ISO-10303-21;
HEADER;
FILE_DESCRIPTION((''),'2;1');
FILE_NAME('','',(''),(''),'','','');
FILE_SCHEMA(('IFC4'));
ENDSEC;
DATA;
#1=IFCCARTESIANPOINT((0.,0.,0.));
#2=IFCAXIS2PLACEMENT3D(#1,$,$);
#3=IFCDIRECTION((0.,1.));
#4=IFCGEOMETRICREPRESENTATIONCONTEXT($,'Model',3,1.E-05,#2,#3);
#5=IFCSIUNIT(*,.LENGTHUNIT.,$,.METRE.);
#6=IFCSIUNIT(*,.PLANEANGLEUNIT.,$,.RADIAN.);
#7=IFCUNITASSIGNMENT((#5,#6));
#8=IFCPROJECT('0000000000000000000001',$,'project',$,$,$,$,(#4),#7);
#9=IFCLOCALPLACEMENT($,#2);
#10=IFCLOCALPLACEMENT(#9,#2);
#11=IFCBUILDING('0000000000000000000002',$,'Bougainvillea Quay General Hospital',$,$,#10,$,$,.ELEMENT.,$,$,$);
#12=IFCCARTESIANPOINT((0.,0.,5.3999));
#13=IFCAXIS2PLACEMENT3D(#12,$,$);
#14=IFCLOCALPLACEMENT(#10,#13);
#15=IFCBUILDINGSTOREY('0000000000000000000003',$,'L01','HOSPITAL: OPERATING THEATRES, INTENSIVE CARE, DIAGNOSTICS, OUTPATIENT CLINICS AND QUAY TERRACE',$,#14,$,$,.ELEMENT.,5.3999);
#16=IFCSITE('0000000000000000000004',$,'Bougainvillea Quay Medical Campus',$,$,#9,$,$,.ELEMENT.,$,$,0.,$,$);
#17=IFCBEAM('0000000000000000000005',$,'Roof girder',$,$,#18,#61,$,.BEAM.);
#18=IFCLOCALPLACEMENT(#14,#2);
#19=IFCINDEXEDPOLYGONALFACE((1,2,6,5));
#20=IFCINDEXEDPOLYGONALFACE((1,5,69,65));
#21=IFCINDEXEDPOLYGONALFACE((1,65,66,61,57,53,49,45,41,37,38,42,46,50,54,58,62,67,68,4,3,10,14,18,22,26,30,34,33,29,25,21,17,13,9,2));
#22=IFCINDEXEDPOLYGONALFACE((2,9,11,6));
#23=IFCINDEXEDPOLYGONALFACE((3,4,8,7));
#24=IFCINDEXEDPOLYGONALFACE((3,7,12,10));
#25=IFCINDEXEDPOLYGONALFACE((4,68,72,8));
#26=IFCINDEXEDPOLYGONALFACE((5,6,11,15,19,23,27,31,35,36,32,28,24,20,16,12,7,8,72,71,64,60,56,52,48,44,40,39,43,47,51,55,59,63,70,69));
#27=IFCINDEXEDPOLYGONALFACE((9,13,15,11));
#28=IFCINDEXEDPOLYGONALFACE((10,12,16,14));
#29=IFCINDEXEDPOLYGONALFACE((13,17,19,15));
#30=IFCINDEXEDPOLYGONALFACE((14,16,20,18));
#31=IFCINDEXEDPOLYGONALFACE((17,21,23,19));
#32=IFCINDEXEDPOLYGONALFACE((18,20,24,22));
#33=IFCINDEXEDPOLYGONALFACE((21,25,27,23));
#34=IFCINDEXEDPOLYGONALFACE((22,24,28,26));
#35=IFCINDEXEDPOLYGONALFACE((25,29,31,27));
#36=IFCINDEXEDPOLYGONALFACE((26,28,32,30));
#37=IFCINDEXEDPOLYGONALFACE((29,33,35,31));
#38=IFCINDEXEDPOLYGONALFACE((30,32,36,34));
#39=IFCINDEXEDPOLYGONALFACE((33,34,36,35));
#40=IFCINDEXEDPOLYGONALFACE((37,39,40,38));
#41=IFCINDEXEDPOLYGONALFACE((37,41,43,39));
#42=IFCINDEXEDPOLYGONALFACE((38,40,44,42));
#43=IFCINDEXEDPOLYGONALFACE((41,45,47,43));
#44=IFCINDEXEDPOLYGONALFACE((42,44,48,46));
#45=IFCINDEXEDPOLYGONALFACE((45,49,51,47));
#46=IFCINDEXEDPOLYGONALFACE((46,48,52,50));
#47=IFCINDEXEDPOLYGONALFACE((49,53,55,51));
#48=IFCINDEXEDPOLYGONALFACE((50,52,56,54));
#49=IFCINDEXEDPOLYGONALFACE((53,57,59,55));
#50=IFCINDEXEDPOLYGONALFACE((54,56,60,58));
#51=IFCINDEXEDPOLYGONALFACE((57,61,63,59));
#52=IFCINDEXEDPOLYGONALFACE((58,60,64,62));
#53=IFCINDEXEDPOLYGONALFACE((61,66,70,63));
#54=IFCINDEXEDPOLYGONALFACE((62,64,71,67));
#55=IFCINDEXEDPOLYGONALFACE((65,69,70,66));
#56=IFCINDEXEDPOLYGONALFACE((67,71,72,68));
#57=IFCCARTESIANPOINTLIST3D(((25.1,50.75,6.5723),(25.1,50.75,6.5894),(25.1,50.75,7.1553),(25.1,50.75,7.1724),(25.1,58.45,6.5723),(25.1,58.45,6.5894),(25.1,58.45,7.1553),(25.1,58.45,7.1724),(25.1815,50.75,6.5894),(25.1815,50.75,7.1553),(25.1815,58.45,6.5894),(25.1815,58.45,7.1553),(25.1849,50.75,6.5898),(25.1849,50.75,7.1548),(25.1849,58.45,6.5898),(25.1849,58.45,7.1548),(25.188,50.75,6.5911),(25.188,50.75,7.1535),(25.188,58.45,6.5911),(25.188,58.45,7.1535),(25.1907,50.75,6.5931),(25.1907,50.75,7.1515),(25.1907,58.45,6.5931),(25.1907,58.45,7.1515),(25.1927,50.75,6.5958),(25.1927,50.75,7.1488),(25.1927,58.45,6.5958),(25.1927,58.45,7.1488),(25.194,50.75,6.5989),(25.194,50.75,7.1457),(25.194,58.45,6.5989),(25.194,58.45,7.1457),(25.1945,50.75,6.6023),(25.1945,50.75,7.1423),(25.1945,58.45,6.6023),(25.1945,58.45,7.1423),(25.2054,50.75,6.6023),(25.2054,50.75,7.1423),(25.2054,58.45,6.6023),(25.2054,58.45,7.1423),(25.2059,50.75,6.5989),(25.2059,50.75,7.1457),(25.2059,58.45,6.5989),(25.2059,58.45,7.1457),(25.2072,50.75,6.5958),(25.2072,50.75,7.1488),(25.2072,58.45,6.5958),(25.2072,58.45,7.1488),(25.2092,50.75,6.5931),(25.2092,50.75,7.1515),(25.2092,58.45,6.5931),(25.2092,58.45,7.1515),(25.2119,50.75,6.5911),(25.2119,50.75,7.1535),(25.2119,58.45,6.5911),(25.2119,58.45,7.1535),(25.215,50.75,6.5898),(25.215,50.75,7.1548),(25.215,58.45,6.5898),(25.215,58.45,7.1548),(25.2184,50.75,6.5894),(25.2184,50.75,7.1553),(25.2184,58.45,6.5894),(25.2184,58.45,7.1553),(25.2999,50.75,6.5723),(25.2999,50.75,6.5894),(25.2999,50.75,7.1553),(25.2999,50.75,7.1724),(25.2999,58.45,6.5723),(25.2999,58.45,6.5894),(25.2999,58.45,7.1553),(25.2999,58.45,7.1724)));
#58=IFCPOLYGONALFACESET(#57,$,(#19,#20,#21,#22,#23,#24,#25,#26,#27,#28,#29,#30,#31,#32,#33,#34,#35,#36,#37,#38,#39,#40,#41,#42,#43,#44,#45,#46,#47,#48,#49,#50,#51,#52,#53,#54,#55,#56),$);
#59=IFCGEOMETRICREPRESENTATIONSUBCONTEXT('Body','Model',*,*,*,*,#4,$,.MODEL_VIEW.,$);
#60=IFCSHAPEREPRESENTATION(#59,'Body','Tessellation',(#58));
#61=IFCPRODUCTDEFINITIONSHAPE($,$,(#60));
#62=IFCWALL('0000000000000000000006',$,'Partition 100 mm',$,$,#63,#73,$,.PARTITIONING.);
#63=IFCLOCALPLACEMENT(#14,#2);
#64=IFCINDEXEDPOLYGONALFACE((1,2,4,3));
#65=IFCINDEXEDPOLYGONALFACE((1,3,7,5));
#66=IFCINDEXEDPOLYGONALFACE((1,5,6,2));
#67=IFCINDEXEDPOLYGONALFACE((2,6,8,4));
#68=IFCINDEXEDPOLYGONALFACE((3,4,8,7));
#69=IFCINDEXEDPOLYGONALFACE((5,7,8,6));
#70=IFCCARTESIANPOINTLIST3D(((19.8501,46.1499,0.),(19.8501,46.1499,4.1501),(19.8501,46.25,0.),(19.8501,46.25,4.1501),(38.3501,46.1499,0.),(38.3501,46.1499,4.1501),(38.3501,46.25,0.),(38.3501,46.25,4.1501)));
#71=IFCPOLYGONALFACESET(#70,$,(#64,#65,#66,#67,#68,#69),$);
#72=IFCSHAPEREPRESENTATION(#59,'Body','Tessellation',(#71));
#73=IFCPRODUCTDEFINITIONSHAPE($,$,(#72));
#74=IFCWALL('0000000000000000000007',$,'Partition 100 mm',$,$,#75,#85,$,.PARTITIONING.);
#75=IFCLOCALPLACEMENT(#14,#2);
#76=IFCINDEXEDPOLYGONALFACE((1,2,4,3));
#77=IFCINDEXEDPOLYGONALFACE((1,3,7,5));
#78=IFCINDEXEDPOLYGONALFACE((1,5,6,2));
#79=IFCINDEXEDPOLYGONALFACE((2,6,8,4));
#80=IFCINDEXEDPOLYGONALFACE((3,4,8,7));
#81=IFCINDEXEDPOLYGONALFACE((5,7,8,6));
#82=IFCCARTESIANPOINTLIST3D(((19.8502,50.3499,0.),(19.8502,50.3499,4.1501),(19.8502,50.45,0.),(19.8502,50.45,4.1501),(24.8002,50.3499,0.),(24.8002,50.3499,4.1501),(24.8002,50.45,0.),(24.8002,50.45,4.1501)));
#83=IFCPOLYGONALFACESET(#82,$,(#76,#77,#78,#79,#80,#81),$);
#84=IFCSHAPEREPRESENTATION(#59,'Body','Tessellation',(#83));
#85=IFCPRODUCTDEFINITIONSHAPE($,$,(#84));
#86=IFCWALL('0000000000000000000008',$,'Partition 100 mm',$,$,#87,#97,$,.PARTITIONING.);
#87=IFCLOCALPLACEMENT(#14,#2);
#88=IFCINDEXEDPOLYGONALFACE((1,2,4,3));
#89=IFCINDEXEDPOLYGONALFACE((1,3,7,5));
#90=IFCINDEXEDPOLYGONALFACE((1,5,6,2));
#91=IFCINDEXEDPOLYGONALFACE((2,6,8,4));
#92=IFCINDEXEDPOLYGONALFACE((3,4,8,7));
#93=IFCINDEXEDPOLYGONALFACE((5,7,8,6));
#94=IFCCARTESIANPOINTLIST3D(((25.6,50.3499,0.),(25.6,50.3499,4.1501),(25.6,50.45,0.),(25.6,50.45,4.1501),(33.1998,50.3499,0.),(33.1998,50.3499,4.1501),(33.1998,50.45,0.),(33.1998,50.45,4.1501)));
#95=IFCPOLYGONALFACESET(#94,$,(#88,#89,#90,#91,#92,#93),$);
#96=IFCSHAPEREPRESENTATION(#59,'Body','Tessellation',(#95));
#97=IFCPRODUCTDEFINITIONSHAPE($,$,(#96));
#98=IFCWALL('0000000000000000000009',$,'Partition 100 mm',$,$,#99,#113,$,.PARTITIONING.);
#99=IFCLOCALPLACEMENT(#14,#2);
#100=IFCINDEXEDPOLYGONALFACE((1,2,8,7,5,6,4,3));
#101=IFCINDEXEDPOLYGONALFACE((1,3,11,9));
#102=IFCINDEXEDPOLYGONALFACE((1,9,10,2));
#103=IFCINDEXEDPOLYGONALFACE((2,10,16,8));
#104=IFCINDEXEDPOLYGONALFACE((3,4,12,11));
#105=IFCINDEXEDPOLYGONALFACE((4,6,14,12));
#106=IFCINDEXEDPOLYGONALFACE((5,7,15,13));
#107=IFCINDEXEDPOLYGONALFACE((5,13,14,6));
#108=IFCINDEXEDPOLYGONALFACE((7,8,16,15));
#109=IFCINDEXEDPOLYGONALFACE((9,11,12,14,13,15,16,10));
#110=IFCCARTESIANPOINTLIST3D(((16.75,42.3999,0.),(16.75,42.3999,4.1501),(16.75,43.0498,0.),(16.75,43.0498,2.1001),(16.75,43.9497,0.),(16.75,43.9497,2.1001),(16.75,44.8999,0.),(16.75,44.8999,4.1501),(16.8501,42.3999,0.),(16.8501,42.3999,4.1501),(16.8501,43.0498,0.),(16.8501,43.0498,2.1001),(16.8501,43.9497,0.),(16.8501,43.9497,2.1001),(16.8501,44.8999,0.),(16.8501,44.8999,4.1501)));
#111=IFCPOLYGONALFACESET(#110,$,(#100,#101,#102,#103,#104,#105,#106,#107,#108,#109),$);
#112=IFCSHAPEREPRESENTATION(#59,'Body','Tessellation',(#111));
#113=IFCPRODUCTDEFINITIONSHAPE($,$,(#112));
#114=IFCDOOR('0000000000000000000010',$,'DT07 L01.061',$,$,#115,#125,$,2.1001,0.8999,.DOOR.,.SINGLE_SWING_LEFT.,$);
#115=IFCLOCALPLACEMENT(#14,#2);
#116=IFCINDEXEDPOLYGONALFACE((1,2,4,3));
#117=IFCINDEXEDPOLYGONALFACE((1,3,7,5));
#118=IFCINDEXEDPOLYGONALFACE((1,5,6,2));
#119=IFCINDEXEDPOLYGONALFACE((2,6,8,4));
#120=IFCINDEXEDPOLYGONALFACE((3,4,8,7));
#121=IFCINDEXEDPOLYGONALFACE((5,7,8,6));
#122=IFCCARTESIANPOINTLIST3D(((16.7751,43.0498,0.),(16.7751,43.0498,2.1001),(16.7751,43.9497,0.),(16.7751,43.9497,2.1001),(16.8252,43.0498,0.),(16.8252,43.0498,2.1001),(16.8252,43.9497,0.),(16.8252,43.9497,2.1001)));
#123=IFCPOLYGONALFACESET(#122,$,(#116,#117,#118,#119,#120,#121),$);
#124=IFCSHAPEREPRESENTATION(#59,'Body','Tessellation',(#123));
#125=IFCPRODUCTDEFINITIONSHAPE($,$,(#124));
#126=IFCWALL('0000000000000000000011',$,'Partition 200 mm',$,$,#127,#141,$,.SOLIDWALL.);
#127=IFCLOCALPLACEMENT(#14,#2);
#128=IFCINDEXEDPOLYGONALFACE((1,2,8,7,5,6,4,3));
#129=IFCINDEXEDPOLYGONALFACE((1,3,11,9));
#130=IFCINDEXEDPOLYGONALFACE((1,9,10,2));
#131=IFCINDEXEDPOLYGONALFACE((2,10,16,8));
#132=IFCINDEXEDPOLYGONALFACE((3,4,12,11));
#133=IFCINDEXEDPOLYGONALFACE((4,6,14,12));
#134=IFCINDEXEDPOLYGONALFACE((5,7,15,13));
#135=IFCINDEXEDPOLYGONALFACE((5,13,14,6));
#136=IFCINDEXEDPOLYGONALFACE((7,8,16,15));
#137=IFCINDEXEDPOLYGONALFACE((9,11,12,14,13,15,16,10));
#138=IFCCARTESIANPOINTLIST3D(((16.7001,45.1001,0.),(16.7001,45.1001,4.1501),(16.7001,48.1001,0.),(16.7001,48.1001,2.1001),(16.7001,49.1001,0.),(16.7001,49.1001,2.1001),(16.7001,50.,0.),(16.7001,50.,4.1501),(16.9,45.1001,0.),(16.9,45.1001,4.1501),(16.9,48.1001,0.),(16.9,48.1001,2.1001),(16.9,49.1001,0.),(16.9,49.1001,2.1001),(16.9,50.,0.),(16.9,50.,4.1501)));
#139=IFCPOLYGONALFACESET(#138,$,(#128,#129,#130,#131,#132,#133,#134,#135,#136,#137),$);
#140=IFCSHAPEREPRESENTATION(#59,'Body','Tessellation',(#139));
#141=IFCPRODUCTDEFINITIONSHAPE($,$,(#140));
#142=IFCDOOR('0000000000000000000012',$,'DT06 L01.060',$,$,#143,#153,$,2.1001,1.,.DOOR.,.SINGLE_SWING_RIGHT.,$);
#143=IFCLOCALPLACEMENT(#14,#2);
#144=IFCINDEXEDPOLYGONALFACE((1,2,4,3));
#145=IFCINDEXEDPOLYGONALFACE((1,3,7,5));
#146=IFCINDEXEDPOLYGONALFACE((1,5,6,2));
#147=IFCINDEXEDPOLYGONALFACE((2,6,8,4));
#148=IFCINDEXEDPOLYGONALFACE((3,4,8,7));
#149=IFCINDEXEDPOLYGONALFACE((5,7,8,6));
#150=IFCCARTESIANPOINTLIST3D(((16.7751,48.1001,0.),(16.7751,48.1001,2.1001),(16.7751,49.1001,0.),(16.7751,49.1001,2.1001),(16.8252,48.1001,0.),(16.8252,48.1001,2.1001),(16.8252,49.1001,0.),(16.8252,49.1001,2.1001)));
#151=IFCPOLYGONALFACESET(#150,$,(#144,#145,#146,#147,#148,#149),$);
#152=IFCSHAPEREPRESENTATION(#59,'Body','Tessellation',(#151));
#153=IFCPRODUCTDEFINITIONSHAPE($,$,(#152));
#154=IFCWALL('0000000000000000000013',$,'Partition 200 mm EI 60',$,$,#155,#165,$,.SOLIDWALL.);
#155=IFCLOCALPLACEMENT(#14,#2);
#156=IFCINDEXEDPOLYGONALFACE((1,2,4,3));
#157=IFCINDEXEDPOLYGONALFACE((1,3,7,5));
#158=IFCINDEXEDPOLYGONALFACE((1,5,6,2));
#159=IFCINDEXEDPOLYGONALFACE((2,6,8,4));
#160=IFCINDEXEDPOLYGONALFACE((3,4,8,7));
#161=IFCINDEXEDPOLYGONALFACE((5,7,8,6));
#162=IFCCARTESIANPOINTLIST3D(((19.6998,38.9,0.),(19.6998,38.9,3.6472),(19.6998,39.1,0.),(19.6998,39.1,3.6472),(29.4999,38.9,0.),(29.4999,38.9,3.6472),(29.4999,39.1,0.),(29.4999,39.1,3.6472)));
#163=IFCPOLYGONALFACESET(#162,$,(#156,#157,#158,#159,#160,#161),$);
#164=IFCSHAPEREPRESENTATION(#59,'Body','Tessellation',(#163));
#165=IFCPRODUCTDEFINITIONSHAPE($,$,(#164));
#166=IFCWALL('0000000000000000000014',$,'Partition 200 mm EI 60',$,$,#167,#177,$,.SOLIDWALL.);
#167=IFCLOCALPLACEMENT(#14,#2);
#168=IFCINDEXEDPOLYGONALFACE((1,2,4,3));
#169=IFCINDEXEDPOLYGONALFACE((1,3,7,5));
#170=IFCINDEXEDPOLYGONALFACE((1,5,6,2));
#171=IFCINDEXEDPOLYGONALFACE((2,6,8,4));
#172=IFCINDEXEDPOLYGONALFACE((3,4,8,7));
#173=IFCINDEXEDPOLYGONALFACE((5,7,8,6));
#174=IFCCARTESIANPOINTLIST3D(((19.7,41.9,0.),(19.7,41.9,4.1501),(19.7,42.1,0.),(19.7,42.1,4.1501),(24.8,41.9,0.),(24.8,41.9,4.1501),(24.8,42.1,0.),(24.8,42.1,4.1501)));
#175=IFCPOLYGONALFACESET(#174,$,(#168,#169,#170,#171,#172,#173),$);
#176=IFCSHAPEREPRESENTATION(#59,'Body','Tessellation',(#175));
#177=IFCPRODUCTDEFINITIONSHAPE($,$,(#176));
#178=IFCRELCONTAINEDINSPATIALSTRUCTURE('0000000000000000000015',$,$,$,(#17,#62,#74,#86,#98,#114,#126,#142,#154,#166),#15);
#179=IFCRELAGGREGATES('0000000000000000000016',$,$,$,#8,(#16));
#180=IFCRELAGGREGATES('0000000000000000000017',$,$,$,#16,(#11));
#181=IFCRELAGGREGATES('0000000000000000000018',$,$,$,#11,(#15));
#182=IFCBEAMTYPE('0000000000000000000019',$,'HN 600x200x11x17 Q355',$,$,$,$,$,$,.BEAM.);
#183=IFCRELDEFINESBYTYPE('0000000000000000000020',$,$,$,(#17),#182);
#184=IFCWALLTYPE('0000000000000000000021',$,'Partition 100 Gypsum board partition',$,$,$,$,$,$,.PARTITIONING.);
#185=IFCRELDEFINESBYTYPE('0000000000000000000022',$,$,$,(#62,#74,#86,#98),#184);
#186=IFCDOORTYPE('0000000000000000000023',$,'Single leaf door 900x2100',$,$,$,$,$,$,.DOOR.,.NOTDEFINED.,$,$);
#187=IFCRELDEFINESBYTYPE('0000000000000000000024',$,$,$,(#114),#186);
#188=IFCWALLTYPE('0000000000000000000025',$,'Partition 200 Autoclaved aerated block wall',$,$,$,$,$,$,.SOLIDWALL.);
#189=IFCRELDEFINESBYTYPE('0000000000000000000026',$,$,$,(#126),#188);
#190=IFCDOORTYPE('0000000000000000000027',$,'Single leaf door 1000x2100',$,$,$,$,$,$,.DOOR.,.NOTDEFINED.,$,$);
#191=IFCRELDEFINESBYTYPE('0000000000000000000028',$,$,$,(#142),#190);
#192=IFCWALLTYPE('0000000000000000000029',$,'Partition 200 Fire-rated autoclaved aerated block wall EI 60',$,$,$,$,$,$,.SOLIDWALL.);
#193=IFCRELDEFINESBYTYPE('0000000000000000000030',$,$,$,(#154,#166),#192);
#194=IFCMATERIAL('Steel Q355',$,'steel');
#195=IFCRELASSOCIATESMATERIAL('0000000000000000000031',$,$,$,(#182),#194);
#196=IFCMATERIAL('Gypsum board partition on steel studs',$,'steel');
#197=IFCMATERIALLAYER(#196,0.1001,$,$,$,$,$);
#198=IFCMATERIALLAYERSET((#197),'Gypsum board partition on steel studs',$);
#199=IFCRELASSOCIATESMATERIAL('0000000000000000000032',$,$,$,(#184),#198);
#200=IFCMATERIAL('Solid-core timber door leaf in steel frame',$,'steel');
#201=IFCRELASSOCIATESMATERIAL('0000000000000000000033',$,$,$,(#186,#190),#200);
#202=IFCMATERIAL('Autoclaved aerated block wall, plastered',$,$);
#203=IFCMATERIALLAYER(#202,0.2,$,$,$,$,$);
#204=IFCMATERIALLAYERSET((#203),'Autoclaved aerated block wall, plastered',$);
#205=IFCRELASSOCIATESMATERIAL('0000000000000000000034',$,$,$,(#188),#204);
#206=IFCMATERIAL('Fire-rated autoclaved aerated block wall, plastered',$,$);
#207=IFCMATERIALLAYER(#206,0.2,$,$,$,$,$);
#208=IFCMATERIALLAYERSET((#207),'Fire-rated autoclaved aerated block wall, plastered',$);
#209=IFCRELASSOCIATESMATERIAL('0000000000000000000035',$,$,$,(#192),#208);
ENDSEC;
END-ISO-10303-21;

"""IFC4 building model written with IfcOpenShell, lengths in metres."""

from ifc_helpers import new_model, si_unit, direction, frame, frame_2d, origin, origin_2d, place, context, subcontext, project, spatial, rectangle, i_section, extrude, material, layer, layer_set, material_profile, profile_set, type_object, element, fill, save


model = new_model("IFC4")

# Units and contexts
model_context = context("Model", 3, precision=1e-05, world=origin(), true_north=direction((0.0, 1.0)))
body_context = subcontext(model_context, "Body", "Model", "MODEL_VIEW")
ifc_project = project(units=[si_unit("LENGTHUNIT", "METRE"), si_unit("PLANEANGLEUNIT", "RADIAN")], contexts=[model_context])

# Site, building, storey
site_placement = place(None, origin())
site = spatial("IfcSite", under=ifc_project, at=site_placement, Name="Bougainvillea Quay Medical Campus", CompositionType="ELEMENT", RefElevation=0.0)
building_placement = place(site_placement, origin())
building = spatial("IfcBuilding", under=site, at=building_placement, Name="Bougainvillea Quay General Hospital", CompositionType="ELEMENT")
storey_placement = place(building_placement, frame((0.0, 0.0, 5.3999)))
storey = spatial("IfcBuildingStorey", under=building, at=storey_placement, Name="L01", Description="HOSPITAL: OPERATING THEATRES, INTENSIVE CARE, DIAGNOSTICS, OUTPATIENT CLINICS AND QUAY TERRACE", CompositionType="ELEMENT", Elevation=5.3999)

# Beam
ifc_material_1 = material(Name="Steel Q355", Category="steel")
ifc_material_profile_1 = material_profile(ifc_material_1, i_section(OverallWidth=0.2, OverallDepth=0.6001, WebThickness=0.011, FlangeThickness=0.0171, FilletRadius=0.0129, at=origin_2d()))
ifc_profile_set_1 = profile_set([ifc_material_profile_1], Name="Steel Q355")
beam_type = type_object("IfcBeamType", Name="HN 600x200x11x17 Q355", PredefinedType="BEAM", material=ifc_profile_set_1)
beam_1_placement = place(storey_placement, frame((25.2, 50.75, 6.8723), z_axis=(0.0, 1.0, 0.0), x_axis=(-1.0, 0.0, 0.0)))
element("IfcBeam", 1, at=beam_1_placement, inside=storey, type_object=beam_type, Name="Roof girder", PredefinedType="BEAM", context=body_context, shape_type="SweptSolid", body=[
    extrude(i_section(OverallWidth=0.2, OverallDepth=0.6001, WebThickness=0.011, FlangeThickness=0.0171, FilletRadius=0.0129, at=origin_2d()), origin(), (0.0, 0.0, 1.0), 7.7),
])

# Walls
ifc_material_2 = material(Name="Gypsum board partition on steel studs", Category="steel")
ifc_layer_1 = layer(ifc_material_2, 0.1001)
ifc_layer_set_1 = layer_set([ifc_layer_1], Name="Gypsum board partition on steel studs")
wall_type_1 = type_object("IfcWallType", Name="Partition 100 Gypsum board partition", PredefinedType="PARTITIONING", material=ifc_layer_set_1)
wall_1_placement = place(storey_placement, frame((19.8501, 46.2, 0.0), z_axis=(0.0, 0.0, 1.0), x_axis=(1.0, 0.0, 0.0)))
element("IfcWall", 2, at=wall_1_placement, inside=storey, type_object=wall_type_1, Name="Partition 100 mm", PredefinedType="PARTITIONING", context=body_context, shape_type="SweptSolid", body=[
    extrude(rectangle(XDim=18.5, YDim=0.1001, at=frame_2d((9.25, 0.0))), origin(), (0.0, 0.0, 1.0), 4.1501),
])
wall_2_placement = place(storey_placement, frame((19.8501, 50.3999, 0.0), z_axis=(0.0, 0.0, 1.0), x_axis=(1.0, 0.0, 0.0)))
element("IfcWall", 3, at=wall_2_placement, inside=storey, type_object=wall_type_1, Name="Partition 100 mm", PredefinedType="PARTITIONING", context=body_context, shape_type="SweptSolid", body=[
    extrude(rectangle(XDim=4.95, YDim=0.1001, at=frame_2d((2.4751, 0.0))), origin(), (0.0, 0.0, 1.0), 4.1501),
])
wall_3_placement = place(storey_placement, frame((25.6001, 50.3999, 0.0), z_axis=(0.0, 0.0, 1.0), x_axis=(1.0, 0.0, 0.0)))
element("IfcWall", 4, at=wall_3_placement, inside=storey, type_object=wall_type_1, Name="Partition 100 mm", PredefinedType="PARTITIONING", context=body_context, shape_type="SweptSolid", body=[
    extrude(rectangle(XDim=7.5999, YDim=0.1001, at=frame_2d((3.7998, 0.0))), origin(), (0.0, 0.0, 1.0), 4.1501),
])

# Walls, openings, doors
wall_4_placement = place(storey_placement, frame((16.8, 42.3999, 0.0), z_axis=(0.0, 0.0, 1.0), x_axis=(0.0, 1.0, 0.0)))
wall_4 = element("IfcWall", 5, at=wall_4_placement, inside=storey, type_object=wall_type_1, Name="Partition 100 mm", PredefinedType="PARTITIONING", context=body_context, shape_type="SweptSolid", body=[
    extrude(rectangle(XDim=2.5, YDim=0.1001, at=frame_2d((1.25, 0.0))), origin(), (0.0, 0.0, 1.0), 4.1501),
])
opening_1_placement = place(wall_4_placement, frame((0.6499, 0.0, 0.0)))
opening_1 = element("IfcOpeningElement", 6, at=opening_1_placement, cuts=wall_4, PredefinedType="OPENING", context=body_context, shape_type="SweptSolid", body=[
    extrude(rectangle(XDim=0.8999, YDim=2.1001, at=frame_2d((0.45, 1.05))), frame((0.0, 0.0601, 0.0), z_axis=(0.0, -1.0, 0.0), x_axis=(1.0, 0.0, 0.0)), (0.0, 0.0, 1.0), 0.1201),
])
ifc_material_3 = material(Name="Solid-core timber door leaf in steel frame", Category="steel")
door_type_1 = type_object("IfcDoorType", Name="Single leaf door 900x2100", OperationType="NOTDEFINED", PredefinedType="DOOR", material=ifc_material_3)
door_1_placement = place(opening_1_placement, origin())
door_1 = element("IfcDoor", 7, at=door_1_placement, inside=storey, type_object=door_type_1, Name="DT07 L01.061", OperationType="SINGLE_SWING_LEFT", OverallHeight=2.1001, OverallWidth=0.8999, PredefinedType="DOOR", context=body_context, shape_type="SweptSolid", body=[
    extrude(rectangle(XDim=0.8999, YDim=2.1001, at=frame_2d((0.45, 1.05))), frame((0.0, 0.0249, 0.0), z_axis=(0.0, -1.0, 0.0), x_axis=(1.0, 0.0, 0.0)), (0.0, 0.0, 1.0), 0.05),
])
fill(opening_1, door_1)
ifc_material_4 = material(Name="Autoclaved aerated block wall, plastered")
ifc_layer_2 = layer(ifc_material_4, 0.2)
ifc_layer_set_2 = layer_set([ifc_layer_2], Name="Autoclaved aerated block wall, plastered")
wall_type_2 = type_object("IfcWallType", Name="Partition 200 Autoclaved aerated block wall", PredefinedType="SOLIDWALL", material=ifc_layer_set_2)
wall_5_placement = place(storey_placement, frame((16.8, 45.1001, 0.0), z_axis=(0.0, 0.0, 1.0), x_axis=(0.0, 1.0, 0.0)))
wall_5 = element("IfcWall", 8, at=wall_5_placement, inside=storey, type_object=wall_type_2, Name="Partition 200 mm", PredefinedType="SOLIDWALL", context=body_context, shape_type="SweptSolid", body=[
    extrude(rectangle(XDim=4.8999, YDim=0.2, at=frame_2d((2.45, 0.0))), origin(), (0.0, 0.0, 1.0), 4.1501),
])
opening_2_placement = place(wall_5_placement, frame((3.0, 0.0, 0.0)))
opening_2 = element("IfcOpeningElement", 9, at=opening_2_placement, cuts=wall_5, PredefinedType="OPENING", context=body_context, shape_type="SweptSolid", body=[
    extrude(rectangle(XDim=1.0, YDim=2.1001, at=frame_2d((0.5, 1.05))), frame((0.0, 0.1099, 0.0), z_axis=(0.0, -1.0, 0.0), x_axis=(1.0, 0.0, 0.0)), (0.0, 0.0, 1.0), 0.22),
])
door_type_2 = type_object("IfcDoorType", Name="Single leaf door 1000x2100", OperationType="NOTDEFINED", PredefinedType="DOOR", material=ifc_material_3)
door_2_placement = place(opening_2_placement, origin())
door_2 = element("IfcDoor", 10, at=door_2_placement, inside=storey, type_object=door_type_2, Name="DT06 L01.060", OperationType="SINGLE_SWING_RIGHT", OverallHeight=2.1001, OverallWidth=1.0, PredefinedType="DOOR", context=body_context, shape_type="SweptSolid", body=[
    extrude(rectangle(XDim=1.0, YDim=2.1001, at=frame_2d((0.5, 1.05))), frame((0.0, 0.0249, 0.0), z_axis=(0.0, -1.0, 0.0), x_axis=(1.0, 0.0, 0.0)), (0.0, 0.0, 1.0), 0.05),
])
fill(opening_2, door_2)

# Walls
ifc_material_5 = material(Name="Fire-rated autoclaved aerated block wall, plastered")
ifc_layer_3 = layer(ifc_material_5, 0.2)
ifc_layer_set_3 = layer_set([ifc_layer_3], Name="Fire-rated autoclaved aerated block wall, plastered")
wall_type_3 = type_object("IfcWallType", Name="Partition 200 Fire-rated autoclaved aerated block wall EI 60", PredefinedType="SOLIDWALL", material=ifc_layer_set_3)
wall_6_placement = place(storey_placement, frame((19.7, 39.0, 0.0), z_axis=(0.0, 0.0, 1.0), x_axis=(1.0, 0.0, 0.0)))
element("IfcWall", 11, at=wall_6_placement, inside=storey, type_object=wall_type_3, Name="Partition 200 mm EI 60", PredefinedType="SOLIDWALL", context=body_context, shape_type="SweptSolid", body=[
    extrude(rectangle(XDim=9.8, YDim=0.2, at=frame_2d((4.8999, 0.0))), origin(), (0.0, 0.0, 1.0), 3.6472),
])
wall_7_placement = place(storey_placement, frame((19.7, 42.0, 0.0), z_axis=(0.0, 0.0, 1.0), x_axis=(1.0, 0.0, 0.0)))
element("IfcWall", 12, at=wall_7_placement, inside=storey, type_object=wall_type_3, Name="Partition 200 mm EI 60", PredefinedType="SOLIDWALL", context=body_context, shape_type="SweptSolid", body=[
    extrude(rectangle(XDim=5.1001, YDim=0.2, at=frame_2d((2.55, 0.0))), origin(), (0.0, 0.0, 1.0), 4.1501),
])

save(model, "model.ifc")
